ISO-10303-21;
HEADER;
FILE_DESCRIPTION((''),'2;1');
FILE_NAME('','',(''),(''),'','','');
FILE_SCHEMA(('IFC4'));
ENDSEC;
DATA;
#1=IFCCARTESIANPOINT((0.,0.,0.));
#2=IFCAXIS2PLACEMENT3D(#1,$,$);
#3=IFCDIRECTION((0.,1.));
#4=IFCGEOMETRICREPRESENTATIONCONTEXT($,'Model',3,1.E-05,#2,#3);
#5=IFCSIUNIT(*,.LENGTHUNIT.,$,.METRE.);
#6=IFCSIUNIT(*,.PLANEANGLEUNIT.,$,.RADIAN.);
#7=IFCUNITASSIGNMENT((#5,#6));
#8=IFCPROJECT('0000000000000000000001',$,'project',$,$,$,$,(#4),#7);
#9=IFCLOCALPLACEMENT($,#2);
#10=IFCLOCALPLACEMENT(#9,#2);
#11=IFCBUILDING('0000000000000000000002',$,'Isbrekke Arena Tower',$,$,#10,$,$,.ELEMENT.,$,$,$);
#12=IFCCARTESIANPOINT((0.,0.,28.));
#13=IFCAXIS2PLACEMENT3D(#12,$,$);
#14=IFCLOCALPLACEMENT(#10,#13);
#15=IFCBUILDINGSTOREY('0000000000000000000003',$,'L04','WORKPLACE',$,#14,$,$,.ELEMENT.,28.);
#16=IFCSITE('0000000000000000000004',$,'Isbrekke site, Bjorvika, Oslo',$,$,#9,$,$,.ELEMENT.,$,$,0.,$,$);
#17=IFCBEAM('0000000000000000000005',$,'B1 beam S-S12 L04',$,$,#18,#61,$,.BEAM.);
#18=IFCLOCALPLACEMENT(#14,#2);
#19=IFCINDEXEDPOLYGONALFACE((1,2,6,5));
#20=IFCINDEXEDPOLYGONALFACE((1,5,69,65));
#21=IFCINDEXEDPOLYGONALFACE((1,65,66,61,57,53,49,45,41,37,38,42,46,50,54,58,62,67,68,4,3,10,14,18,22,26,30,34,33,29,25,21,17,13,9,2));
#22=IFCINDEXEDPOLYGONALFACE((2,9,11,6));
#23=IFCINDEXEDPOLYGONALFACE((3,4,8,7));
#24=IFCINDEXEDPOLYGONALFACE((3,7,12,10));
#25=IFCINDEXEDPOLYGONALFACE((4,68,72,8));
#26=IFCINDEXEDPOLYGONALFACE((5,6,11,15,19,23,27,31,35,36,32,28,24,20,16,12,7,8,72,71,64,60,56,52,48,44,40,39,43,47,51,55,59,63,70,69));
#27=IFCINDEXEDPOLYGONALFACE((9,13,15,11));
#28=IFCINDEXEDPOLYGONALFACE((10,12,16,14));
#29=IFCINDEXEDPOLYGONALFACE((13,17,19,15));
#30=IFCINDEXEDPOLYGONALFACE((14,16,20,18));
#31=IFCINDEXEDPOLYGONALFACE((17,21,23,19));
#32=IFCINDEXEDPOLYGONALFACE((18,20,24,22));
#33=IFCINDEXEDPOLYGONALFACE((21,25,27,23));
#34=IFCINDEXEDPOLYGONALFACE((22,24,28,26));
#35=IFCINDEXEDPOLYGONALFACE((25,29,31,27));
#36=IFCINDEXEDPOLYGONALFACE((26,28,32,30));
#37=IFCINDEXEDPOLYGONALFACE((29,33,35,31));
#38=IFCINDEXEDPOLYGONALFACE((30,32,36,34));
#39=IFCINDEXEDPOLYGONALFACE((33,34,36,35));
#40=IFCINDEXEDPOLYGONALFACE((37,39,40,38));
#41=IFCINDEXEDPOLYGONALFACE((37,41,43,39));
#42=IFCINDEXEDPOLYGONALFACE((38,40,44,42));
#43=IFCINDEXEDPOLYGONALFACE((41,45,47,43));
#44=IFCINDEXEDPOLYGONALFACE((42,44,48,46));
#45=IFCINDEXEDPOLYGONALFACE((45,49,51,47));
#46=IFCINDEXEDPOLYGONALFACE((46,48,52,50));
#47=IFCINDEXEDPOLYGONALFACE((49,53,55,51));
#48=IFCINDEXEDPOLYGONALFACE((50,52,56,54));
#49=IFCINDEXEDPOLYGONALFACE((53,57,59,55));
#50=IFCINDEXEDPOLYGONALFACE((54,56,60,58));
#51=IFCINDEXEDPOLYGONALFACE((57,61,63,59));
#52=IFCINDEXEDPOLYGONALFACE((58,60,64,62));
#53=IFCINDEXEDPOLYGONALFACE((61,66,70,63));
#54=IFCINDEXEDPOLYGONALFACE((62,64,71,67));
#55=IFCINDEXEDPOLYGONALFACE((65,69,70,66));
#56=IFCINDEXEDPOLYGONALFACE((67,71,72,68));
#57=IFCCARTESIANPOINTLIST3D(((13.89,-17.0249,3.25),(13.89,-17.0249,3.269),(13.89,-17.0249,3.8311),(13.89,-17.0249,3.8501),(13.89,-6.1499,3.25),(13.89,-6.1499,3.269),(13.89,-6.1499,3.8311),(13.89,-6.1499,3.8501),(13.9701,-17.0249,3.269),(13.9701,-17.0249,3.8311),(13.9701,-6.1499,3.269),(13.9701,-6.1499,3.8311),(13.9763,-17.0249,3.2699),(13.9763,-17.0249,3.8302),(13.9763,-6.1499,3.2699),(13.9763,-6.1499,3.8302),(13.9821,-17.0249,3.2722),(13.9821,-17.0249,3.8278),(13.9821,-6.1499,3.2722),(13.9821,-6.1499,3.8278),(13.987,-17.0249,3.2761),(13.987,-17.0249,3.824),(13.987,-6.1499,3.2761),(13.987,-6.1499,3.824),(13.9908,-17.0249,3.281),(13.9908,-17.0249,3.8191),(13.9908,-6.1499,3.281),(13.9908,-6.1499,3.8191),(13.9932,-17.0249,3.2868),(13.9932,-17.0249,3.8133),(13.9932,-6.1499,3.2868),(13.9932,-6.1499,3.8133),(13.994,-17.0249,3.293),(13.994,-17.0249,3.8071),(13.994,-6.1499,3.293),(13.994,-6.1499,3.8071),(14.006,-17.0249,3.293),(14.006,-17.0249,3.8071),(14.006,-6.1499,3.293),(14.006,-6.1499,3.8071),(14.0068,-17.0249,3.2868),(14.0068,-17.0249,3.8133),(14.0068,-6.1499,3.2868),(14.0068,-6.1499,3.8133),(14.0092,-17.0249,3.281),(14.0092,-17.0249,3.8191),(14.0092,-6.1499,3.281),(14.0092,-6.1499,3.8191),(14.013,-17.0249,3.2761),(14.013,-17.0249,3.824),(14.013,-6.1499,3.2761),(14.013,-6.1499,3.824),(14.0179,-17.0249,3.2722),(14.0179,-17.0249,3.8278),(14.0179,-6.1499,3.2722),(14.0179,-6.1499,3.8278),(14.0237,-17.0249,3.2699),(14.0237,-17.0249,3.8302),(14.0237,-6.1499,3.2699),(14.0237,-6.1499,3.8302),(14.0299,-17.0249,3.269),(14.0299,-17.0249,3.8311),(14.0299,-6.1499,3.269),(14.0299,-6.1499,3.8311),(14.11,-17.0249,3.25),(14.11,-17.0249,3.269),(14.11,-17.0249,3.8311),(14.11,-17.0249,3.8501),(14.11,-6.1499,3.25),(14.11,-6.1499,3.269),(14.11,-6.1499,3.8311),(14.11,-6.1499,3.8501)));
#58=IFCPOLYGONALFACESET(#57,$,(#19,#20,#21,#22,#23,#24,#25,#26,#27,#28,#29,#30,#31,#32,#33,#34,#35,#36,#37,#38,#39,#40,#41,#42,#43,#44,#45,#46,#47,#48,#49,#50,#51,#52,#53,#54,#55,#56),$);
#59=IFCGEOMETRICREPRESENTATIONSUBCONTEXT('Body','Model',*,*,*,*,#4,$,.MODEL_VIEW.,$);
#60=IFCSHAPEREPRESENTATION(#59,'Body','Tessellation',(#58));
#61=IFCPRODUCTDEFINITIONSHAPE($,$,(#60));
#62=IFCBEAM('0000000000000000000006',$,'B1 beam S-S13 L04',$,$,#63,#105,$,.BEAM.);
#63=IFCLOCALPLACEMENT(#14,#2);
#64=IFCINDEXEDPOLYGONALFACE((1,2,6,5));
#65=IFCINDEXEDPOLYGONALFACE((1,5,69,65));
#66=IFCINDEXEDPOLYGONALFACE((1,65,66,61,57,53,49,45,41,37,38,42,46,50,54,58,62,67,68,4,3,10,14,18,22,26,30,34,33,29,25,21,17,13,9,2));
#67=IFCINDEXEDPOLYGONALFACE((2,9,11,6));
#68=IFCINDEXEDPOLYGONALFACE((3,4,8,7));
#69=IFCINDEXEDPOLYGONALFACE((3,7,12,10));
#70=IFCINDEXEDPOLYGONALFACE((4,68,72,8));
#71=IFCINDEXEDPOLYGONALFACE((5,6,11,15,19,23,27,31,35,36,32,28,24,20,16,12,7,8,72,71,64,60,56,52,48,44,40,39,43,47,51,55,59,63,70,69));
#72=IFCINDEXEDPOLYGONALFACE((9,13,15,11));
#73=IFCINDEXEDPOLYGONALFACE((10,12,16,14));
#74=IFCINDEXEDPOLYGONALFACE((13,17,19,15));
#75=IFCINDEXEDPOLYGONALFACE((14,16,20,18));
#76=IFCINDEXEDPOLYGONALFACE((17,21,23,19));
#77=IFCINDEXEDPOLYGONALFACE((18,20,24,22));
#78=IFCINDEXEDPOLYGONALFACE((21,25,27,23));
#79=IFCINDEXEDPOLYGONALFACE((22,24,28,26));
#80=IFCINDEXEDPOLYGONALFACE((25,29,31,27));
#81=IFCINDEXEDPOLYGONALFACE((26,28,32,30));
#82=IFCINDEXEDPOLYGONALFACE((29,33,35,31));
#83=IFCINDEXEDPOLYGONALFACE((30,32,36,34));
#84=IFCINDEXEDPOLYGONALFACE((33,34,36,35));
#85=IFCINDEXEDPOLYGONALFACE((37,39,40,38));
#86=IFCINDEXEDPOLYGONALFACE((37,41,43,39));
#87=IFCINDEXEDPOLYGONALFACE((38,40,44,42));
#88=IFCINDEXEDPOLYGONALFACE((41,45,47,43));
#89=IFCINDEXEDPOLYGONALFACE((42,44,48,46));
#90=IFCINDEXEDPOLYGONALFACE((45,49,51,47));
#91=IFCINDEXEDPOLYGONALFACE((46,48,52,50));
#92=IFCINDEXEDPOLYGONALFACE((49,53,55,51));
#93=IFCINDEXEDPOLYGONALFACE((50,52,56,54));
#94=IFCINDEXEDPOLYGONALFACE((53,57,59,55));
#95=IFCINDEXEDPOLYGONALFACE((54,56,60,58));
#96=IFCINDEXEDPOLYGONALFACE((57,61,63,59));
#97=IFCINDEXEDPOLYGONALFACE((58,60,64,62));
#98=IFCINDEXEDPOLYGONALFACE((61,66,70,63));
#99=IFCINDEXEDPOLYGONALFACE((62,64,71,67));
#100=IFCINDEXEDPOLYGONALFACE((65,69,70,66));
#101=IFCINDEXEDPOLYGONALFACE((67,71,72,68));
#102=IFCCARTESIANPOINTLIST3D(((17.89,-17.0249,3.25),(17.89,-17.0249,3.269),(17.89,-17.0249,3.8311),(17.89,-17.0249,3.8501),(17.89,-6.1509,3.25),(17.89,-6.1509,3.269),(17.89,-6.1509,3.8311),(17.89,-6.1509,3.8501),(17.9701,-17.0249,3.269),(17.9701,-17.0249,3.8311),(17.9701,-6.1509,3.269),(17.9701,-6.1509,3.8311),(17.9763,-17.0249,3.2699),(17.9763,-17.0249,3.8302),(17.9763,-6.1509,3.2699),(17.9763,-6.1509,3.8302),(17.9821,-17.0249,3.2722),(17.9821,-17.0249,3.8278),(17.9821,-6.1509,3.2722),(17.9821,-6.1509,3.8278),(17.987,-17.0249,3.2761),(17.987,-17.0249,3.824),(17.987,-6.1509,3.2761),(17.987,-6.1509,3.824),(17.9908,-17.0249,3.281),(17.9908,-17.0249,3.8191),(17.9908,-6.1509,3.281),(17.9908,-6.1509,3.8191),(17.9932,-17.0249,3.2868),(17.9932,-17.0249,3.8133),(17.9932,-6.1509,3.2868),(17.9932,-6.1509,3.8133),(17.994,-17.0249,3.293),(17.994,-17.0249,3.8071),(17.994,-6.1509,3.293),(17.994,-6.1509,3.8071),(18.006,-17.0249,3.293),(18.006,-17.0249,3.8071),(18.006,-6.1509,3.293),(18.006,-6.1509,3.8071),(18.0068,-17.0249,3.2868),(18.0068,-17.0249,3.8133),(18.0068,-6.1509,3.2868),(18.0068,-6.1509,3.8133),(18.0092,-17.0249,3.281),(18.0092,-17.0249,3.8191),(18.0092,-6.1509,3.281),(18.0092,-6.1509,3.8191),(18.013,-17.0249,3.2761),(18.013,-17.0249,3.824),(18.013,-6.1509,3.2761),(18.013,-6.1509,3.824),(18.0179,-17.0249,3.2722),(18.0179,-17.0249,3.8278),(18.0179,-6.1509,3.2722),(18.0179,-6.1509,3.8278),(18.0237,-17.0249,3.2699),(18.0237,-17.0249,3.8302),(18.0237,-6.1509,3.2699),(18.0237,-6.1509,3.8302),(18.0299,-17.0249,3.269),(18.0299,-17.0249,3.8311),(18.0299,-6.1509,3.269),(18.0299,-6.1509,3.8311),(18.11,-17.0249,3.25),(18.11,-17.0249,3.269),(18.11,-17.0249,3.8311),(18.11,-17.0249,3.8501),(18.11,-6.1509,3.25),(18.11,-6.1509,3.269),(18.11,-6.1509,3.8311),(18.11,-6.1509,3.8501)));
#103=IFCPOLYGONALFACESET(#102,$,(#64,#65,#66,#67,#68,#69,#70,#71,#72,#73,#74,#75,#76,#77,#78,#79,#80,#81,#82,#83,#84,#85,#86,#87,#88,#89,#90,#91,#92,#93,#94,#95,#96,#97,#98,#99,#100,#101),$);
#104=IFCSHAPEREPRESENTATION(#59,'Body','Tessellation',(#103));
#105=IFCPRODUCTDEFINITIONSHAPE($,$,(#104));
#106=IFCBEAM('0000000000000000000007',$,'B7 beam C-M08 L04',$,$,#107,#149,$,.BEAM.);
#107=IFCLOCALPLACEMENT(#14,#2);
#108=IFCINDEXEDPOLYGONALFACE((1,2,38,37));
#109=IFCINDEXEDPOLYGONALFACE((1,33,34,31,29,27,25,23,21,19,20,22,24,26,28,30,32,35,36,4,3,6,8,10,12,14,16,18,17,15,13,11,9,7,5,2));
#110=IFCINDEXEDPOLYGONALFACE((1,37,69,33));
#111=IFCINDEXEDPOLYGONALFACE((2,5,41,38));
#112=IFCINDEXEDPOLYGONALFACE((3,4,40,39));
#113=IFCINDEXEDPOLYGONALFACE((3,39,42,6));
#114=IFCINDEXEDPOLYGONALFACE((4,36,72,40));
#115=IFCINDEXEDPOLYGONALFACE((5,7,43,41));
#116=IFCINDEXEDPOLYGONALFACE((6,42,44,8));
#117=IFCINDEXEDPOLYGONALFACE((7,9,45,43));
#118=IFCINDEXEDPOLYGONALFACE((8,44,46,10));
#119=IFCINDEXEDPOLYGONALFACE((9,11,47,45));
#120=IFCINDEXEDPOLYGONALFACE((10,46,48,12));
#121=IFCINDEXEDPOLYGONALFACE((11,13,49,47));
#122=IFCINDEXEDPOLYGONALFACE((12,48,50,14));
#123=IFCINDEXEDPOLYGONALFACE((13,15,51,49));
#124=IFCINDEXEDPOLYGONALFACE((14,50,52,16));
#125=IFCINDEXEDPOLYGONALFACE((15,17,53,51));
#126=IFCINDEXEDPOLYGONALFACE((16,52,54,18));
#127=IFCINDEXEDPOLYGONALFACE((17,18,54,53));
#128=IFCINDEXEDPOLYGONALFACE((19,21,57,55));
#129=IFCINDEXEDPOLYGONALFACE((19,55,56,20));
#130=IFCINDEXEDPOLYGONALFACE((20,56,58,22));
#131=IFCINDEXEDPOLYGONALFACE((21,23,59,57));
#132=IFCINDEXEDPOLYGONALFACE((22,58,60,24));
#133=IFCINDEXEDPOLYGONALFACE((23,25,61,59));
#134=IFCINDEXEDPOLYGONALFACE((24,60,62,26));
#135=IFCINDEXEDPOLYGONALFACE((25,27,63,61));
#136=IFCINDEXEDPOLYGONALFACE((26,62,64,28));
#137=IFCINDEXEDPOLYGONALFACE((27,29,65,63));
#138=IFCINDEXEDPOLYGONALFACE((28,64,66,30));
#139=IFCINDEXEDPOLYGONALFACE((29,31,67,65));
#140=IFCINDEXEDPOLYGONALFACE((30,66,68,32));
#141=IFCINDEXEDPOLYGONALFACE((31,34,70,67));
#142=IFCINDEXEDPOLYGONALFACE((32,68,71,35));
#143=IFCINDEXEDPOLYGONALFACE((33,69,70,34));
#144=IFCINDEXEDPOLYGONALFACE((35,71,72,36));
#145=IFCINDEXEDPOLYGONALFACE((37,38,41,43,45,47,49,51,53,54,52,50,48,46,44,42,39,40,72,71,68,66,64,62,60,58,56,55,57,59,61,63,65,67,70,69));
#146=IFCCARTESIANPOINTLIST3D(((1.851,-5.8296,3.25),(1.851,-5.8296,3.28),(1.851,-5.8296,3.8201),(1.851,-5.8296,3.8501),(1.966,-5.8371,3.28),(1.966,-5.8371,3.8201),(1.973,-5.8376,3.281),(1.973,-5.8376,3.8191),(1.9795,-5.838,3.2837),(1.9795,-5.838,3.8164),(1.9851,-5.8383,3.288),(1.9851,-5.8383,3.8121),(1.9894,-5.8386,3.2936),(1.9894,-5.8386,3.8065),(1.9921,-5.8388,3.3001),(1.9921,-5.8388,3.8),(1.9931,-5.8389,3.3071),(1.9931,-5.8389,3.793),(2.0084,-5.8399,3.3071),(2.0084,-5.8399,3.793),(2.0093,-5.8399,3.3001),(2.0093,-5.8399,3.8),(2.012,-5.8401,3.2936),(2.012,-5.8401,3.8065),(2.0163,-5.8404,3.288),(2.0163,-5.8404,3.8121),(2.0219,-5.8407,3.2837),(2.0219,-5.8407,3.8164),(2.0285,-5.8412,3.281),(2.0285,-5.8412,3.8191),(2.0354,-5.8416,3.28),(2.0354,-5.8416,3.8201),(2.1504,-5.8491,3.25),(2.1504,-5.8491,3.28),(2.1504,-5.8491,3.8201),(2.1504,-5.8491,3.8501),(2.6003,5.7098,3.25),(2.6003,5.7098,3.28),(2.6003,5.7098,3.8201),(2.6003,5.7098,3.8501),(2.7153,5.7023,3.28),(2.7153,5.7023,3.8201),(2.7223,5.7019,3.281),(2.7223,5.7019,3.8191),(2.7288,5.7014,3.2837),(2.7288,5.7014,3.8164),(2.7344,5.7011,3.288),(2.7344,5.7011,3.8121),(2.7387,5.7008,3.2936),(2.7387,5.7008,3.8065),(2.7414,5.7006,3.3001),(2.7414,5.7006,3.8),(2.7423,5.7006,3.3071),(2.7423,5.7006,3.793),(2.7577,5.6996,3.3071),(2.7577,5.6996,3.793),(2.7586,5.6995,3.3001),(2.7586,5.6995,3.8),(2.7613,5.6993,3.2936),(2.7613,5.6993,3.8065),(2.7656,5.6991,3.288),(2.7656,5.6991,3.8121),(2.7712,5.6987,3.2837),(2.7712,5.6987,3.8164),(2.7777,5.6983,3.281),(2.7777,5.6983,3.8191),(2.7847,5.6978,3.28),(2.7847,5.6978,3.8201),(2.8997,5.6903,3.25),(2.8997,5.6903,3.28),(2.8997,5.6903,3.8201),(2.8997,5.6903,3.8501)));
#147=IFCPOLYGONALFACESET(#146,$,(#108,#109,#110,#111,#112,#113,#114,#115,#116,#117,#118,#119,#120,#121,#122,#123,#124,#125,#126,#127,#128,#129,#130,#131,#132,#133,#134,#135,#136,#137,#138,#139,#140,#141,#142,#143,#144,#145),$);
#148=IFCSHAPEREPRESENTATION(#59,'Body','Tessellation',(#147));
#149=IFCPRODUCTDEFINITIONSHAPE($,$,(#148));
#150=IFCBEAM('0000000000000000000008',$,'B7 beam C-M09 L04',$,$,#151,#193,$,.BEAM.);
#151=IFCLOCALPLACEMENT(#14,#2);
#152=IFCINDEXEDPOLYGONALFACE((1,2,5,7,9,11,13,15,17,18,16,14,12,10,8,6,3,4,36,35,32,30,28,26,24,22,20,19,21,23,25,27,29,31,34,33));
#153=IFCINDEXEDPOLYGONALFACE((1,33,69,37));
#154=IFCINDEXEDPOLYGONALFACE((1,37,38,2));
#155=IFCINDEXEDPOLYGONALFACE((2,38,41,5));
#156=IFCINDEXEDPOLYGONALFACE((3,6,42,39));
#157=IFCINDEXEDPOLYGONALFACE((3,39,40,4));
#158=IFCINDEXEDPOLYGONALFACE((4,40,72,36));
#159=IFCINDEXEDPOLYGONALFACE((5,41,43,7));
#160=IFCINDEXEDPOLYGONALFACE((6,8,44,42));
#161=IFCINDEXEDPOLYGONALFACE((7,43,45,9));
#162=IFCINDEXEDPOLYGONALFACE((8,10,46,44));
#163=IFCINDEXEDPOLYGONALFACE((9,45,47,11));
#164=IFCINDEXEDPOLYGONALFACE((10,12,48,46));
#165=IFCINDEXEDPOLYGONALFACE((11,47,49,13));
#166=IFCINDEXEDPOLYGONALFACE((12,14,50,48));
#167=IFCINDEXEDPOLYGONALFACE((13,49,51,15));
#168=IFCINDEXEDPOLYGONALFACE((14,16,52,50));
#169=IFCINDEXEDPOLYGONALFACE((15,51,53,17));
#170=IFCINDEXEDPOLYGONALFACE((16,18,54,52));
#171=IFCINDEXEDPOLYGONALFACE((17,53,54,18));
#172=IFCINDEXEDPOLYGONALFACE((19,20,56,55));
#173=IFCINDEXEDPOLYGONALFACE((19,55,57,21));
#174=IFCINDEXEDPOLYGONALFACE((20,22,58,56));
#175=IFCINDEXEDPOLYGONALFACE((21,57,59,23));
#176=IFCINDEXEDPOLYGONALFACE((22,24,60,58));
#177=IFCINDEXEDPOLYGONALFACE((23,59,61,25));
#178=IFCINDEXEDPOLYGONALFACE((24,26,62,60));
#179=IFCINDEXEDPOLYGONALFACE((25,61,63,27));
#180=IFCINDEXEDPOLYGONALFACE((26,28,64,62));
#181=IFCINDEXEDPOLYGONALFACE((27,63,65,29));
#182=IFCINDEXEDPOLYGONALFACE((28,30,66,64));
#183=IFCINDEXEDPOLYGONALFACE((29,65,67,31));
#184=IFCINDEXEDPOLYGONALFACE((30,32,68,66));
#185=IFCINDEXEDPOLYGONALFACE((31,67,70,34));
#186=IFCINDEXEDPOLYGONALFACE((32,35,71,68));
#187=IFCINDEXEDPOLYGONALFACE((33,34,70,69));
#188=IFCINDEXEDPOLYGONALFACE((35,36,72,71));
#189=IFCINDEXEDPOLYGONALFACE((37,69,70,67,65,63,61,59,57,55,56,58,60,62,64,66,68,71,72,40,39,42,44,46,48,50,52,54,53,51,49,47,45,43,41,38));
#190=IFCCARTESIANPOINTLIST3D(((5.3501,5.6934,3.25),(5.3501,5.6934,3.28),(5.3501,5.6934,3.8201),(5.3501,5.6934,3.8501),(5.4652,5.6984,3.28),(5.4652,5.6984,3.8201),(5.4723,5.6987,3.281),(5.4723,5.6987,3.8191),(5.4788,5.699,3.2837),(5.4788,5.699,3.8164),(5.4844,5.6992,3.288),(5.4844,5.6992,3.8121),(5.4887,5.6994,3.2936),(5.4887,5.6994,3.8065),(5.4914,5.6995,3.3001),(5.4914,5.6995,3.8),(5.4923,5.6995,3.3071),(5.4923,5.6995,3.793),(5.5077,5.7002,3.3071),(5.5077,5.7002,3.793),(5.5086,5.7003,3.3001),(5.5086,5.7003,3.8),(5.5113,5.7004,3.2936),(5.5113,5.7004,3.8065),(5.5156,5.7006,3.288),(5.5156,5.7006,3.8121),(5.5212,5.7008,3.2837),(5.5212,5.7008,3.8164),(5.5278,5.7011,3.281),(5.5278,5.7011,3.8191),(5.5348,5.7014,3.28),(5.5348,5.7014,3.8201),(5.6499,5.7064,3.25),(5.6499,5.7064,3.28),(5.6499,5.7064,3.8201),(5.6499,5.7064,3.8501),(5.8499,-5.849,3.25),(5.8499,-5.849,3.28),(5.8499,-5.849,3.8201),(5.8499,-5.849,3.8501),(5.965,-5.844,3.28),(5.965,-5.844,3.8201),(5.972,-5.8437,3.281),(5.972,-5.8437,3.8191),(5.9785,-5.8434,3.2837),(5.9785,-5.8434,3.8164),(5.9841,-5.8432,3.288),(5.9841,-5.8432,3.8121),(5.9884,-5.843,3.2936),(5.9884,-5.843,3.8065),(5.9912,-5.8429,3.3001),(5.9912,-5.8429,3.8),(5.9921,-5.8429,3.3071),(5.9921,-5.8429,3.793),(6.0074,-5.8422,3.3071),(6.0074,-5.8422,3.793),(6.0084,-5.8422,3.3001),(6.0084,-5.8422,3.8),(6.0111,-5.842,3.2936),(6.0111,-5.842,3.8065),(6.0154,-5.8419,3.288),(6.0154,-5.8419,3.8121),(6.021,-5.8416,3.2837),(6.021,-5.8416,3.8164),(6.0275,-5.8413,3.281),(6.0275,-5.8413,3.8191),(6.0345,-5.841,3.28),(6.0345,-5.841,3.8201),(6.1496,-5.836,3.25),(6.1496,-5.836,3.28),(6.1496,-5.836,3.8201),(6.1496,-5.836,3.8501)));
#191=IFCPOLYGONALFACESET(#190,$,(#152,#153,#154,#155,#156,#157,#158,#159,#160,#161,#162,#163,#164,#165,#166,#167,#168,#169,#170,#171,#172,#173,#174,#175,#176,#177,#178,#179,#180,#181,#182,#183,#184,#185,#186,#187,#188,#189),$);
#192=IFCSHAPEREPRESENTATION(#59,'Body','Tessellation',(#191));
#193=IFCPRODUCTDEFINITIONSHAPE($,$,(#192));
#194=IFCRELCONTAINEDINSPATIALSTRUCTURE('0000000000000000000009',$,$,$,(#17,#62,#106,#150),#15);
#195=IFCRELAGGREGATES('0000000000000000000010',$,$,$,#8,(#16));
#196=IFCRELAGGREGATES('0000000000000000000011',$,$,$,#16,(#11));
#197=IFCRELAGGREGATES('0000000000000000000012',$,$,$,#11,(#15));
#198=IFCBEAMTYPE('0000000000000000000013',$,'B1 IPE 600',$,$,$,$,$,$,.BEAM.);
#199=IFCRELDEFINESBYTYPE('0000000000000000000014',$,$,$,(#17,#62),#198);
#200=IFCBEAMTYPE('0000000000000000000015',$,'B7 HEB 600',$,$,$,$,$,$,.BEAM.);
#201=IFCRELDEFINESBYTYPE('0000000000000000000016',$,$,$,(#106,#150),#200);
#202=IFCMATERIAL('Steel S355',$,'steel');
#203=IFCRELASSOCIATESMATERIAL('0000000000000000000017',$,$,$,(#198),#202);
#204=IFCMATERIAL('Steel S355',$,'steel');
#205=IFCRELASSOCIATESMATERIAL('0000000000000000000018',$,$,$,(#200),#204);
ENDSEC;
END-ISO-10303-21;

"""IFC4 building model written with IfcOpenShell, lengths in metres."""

from ifc_helpers import new_model, si_unit, direction, frame, origin, origin_2d, place, context, subcontext, project, spatial, i_section, extrude, material, material_profile, profile_set, type_object, element, save


model = new_model("IFC4")

# Units and contexts
model_context = context("Model", 3, precision=1e-05, world=origin(), true_north=direction((0.0, 1.0)))
body_context = subcontext(model_context, "Body", "Model", "MODEL_VIEW")
ifc_project = project(units=[si_unit("LENGTHUNIT", "METRE"), si_unit("PLANEANGLEUNIT", "RADIAN")], contexts=[model_context])

# Site, building, storey
site_placement = place(None, origin())
site = spatial("IfcSite", under=ifc_project, at=site_placement, Name="Isbrekke site, Bjorvika, Oslo", CompositionType="ELEMENT", RefElevation=0.0)
building_placement = place(site_placement, origin())
building = spatial("IfcBuilding", under=site, at=building_placement, Name="Isbrekke Arena Tower", CompositionType="ELEMENT")
storey_placement = place(building_placement, frame((0.0, 0.0, 28.0)))
storey = spatial("IfcBuildingStorey", under=building, at=storey_placement, Name="L04", Description="WORKPLACE", CompositionType="ELEMENT", Elevation=28.0)

# Beams
ifc_material_1 = material(Name="Steel S355", Category="steel")
ifc_material_profile_1 = material_profile(ifc_material_1, i_section(OverallWidth=0.22, OverallDepth=0.6001, WebThickness=0.012, FlangeThickness=0.019, FilletRadius=0.0239, at=origin_2d()), Name="IPE 600")
ifc_profile_set_1 = profile_set([ifc_material_profile_1], Name="Steel S355")
beam_type_1 = type_object("IfcBeamType", Name="B1 IPE 600", PredefinedType="BEAM", material=ifc_profile_set_1)
beam_1_placement = place(storey_placement, frame((14.0, -17.0249, 3.55), z_axis=(0.0, 1.0, 0.0), x_axis=(-1.0, 0.0, 0.0)))
element("IfcBeam", 1, at=beam_1_placement, inside=storey, type_object=beam_type_1, Name="B1 beam S-S12 L04", PredefinedType="BEAM", context=body_context, shape_type="SweptSolid", body=[
    extrude(i_section(OverallWidth=0.22, OverallDepth=0.6001, WebThickness=0.012, FlangeThickness=0.019, FilletRadius=0.0239, at=origin_2d()), origin(), (0.0, 0.0, 1.0), 10.875),
])
beam_2_placement = place(storey_placement, frame((18.0, -17.0249, 3.55), z_axis=(0.0, 1.0, 0.0), x_axis=(-1.0, 0.0, 0.0)))
element("IfcBeam", 2, at=beam_2_placement, inside=storey, type_object=beam_type_1, Name="B1 beam S-S13 L04", PredefinedType="BEAM", context=body_context, shape_type="SweptSolid", body=[
    extrude(i_section(OverallWidth=0.22, OverallDepth=0.6001, WebThickness=0.012, FlangeThickness=0.019, FilletRadius=0.0239, at=origin_2d()), origin(), (0.0, 0.0, 1.0), 10.874),
])
ifc_material_2 = material(Name="Steel S355", Category="steel")
ifc_material_profile_2 = material_profile(ifc_material_2, i_section(OverallWidth=0.3, OverallDepth=0.6001, WebThickness=0.0154, FlangeThickness=0.03, FilletRadius=0.0271, at=origin_2d()), Name="HEB 600")
ifc_profile_set_2 = profile_set([ifc_material_profile_2], Name="Steel S355")
beam_type_2 = type_object("IfcBeamType", Name="B7 HEB 600", PredefinedType="BEAM", material=ifc_profile_set_2)
beam_3_placement = place(storey_placement, frame((2.0007, -5.8394, 3.55), z_axis=(0.064795, 0.997899, 0.0), x_axis=(-0.997899, 0.064795, 0.0)))
element("IfcBeam", 3, at=beam_3_placement, inside=storey, type_object=beam_type_2, Name="B7 beam C-M08 L04", PredefinedType="BEAM", context=body_context, shape_type="SweptSolid", body=[
    extrude(i_section(OverallWidth=0.3, OverallDepth=0.6001, WebThickness=0.0154, FlangeThickness=0.03, FilletRadius=0.0271, at=origin_2d()), origin(), (0.0, 0.0, 1.0), 11.5637),
])
beam_4_placement = place(storey_placement, frame((5.9998, -5.8425, 3.55), z_axis=(-0.043257, 0.999064, 0.0), x_axis=(-0.999064, -0.043257, 0.0)))
element("IfcBeam", 4, at=beam_4_placement, inside=storey, type_object=beam_type_2, Name="B7 beam C-M09 L04", PredefinedType="BEAM", context=body_context, shape_type="SweptSolid", body=[
    extrude(i_section(OverallWidth=0.3, OverallDepth=0.6001, WebThickness=0.0154, FlangeThickness=0.03, FilletRadius=0.0271, at=origin_2d()), origin(), (0.0, 0.0, 1.0), 11.5532),
])

save(model, "model.ifc")
